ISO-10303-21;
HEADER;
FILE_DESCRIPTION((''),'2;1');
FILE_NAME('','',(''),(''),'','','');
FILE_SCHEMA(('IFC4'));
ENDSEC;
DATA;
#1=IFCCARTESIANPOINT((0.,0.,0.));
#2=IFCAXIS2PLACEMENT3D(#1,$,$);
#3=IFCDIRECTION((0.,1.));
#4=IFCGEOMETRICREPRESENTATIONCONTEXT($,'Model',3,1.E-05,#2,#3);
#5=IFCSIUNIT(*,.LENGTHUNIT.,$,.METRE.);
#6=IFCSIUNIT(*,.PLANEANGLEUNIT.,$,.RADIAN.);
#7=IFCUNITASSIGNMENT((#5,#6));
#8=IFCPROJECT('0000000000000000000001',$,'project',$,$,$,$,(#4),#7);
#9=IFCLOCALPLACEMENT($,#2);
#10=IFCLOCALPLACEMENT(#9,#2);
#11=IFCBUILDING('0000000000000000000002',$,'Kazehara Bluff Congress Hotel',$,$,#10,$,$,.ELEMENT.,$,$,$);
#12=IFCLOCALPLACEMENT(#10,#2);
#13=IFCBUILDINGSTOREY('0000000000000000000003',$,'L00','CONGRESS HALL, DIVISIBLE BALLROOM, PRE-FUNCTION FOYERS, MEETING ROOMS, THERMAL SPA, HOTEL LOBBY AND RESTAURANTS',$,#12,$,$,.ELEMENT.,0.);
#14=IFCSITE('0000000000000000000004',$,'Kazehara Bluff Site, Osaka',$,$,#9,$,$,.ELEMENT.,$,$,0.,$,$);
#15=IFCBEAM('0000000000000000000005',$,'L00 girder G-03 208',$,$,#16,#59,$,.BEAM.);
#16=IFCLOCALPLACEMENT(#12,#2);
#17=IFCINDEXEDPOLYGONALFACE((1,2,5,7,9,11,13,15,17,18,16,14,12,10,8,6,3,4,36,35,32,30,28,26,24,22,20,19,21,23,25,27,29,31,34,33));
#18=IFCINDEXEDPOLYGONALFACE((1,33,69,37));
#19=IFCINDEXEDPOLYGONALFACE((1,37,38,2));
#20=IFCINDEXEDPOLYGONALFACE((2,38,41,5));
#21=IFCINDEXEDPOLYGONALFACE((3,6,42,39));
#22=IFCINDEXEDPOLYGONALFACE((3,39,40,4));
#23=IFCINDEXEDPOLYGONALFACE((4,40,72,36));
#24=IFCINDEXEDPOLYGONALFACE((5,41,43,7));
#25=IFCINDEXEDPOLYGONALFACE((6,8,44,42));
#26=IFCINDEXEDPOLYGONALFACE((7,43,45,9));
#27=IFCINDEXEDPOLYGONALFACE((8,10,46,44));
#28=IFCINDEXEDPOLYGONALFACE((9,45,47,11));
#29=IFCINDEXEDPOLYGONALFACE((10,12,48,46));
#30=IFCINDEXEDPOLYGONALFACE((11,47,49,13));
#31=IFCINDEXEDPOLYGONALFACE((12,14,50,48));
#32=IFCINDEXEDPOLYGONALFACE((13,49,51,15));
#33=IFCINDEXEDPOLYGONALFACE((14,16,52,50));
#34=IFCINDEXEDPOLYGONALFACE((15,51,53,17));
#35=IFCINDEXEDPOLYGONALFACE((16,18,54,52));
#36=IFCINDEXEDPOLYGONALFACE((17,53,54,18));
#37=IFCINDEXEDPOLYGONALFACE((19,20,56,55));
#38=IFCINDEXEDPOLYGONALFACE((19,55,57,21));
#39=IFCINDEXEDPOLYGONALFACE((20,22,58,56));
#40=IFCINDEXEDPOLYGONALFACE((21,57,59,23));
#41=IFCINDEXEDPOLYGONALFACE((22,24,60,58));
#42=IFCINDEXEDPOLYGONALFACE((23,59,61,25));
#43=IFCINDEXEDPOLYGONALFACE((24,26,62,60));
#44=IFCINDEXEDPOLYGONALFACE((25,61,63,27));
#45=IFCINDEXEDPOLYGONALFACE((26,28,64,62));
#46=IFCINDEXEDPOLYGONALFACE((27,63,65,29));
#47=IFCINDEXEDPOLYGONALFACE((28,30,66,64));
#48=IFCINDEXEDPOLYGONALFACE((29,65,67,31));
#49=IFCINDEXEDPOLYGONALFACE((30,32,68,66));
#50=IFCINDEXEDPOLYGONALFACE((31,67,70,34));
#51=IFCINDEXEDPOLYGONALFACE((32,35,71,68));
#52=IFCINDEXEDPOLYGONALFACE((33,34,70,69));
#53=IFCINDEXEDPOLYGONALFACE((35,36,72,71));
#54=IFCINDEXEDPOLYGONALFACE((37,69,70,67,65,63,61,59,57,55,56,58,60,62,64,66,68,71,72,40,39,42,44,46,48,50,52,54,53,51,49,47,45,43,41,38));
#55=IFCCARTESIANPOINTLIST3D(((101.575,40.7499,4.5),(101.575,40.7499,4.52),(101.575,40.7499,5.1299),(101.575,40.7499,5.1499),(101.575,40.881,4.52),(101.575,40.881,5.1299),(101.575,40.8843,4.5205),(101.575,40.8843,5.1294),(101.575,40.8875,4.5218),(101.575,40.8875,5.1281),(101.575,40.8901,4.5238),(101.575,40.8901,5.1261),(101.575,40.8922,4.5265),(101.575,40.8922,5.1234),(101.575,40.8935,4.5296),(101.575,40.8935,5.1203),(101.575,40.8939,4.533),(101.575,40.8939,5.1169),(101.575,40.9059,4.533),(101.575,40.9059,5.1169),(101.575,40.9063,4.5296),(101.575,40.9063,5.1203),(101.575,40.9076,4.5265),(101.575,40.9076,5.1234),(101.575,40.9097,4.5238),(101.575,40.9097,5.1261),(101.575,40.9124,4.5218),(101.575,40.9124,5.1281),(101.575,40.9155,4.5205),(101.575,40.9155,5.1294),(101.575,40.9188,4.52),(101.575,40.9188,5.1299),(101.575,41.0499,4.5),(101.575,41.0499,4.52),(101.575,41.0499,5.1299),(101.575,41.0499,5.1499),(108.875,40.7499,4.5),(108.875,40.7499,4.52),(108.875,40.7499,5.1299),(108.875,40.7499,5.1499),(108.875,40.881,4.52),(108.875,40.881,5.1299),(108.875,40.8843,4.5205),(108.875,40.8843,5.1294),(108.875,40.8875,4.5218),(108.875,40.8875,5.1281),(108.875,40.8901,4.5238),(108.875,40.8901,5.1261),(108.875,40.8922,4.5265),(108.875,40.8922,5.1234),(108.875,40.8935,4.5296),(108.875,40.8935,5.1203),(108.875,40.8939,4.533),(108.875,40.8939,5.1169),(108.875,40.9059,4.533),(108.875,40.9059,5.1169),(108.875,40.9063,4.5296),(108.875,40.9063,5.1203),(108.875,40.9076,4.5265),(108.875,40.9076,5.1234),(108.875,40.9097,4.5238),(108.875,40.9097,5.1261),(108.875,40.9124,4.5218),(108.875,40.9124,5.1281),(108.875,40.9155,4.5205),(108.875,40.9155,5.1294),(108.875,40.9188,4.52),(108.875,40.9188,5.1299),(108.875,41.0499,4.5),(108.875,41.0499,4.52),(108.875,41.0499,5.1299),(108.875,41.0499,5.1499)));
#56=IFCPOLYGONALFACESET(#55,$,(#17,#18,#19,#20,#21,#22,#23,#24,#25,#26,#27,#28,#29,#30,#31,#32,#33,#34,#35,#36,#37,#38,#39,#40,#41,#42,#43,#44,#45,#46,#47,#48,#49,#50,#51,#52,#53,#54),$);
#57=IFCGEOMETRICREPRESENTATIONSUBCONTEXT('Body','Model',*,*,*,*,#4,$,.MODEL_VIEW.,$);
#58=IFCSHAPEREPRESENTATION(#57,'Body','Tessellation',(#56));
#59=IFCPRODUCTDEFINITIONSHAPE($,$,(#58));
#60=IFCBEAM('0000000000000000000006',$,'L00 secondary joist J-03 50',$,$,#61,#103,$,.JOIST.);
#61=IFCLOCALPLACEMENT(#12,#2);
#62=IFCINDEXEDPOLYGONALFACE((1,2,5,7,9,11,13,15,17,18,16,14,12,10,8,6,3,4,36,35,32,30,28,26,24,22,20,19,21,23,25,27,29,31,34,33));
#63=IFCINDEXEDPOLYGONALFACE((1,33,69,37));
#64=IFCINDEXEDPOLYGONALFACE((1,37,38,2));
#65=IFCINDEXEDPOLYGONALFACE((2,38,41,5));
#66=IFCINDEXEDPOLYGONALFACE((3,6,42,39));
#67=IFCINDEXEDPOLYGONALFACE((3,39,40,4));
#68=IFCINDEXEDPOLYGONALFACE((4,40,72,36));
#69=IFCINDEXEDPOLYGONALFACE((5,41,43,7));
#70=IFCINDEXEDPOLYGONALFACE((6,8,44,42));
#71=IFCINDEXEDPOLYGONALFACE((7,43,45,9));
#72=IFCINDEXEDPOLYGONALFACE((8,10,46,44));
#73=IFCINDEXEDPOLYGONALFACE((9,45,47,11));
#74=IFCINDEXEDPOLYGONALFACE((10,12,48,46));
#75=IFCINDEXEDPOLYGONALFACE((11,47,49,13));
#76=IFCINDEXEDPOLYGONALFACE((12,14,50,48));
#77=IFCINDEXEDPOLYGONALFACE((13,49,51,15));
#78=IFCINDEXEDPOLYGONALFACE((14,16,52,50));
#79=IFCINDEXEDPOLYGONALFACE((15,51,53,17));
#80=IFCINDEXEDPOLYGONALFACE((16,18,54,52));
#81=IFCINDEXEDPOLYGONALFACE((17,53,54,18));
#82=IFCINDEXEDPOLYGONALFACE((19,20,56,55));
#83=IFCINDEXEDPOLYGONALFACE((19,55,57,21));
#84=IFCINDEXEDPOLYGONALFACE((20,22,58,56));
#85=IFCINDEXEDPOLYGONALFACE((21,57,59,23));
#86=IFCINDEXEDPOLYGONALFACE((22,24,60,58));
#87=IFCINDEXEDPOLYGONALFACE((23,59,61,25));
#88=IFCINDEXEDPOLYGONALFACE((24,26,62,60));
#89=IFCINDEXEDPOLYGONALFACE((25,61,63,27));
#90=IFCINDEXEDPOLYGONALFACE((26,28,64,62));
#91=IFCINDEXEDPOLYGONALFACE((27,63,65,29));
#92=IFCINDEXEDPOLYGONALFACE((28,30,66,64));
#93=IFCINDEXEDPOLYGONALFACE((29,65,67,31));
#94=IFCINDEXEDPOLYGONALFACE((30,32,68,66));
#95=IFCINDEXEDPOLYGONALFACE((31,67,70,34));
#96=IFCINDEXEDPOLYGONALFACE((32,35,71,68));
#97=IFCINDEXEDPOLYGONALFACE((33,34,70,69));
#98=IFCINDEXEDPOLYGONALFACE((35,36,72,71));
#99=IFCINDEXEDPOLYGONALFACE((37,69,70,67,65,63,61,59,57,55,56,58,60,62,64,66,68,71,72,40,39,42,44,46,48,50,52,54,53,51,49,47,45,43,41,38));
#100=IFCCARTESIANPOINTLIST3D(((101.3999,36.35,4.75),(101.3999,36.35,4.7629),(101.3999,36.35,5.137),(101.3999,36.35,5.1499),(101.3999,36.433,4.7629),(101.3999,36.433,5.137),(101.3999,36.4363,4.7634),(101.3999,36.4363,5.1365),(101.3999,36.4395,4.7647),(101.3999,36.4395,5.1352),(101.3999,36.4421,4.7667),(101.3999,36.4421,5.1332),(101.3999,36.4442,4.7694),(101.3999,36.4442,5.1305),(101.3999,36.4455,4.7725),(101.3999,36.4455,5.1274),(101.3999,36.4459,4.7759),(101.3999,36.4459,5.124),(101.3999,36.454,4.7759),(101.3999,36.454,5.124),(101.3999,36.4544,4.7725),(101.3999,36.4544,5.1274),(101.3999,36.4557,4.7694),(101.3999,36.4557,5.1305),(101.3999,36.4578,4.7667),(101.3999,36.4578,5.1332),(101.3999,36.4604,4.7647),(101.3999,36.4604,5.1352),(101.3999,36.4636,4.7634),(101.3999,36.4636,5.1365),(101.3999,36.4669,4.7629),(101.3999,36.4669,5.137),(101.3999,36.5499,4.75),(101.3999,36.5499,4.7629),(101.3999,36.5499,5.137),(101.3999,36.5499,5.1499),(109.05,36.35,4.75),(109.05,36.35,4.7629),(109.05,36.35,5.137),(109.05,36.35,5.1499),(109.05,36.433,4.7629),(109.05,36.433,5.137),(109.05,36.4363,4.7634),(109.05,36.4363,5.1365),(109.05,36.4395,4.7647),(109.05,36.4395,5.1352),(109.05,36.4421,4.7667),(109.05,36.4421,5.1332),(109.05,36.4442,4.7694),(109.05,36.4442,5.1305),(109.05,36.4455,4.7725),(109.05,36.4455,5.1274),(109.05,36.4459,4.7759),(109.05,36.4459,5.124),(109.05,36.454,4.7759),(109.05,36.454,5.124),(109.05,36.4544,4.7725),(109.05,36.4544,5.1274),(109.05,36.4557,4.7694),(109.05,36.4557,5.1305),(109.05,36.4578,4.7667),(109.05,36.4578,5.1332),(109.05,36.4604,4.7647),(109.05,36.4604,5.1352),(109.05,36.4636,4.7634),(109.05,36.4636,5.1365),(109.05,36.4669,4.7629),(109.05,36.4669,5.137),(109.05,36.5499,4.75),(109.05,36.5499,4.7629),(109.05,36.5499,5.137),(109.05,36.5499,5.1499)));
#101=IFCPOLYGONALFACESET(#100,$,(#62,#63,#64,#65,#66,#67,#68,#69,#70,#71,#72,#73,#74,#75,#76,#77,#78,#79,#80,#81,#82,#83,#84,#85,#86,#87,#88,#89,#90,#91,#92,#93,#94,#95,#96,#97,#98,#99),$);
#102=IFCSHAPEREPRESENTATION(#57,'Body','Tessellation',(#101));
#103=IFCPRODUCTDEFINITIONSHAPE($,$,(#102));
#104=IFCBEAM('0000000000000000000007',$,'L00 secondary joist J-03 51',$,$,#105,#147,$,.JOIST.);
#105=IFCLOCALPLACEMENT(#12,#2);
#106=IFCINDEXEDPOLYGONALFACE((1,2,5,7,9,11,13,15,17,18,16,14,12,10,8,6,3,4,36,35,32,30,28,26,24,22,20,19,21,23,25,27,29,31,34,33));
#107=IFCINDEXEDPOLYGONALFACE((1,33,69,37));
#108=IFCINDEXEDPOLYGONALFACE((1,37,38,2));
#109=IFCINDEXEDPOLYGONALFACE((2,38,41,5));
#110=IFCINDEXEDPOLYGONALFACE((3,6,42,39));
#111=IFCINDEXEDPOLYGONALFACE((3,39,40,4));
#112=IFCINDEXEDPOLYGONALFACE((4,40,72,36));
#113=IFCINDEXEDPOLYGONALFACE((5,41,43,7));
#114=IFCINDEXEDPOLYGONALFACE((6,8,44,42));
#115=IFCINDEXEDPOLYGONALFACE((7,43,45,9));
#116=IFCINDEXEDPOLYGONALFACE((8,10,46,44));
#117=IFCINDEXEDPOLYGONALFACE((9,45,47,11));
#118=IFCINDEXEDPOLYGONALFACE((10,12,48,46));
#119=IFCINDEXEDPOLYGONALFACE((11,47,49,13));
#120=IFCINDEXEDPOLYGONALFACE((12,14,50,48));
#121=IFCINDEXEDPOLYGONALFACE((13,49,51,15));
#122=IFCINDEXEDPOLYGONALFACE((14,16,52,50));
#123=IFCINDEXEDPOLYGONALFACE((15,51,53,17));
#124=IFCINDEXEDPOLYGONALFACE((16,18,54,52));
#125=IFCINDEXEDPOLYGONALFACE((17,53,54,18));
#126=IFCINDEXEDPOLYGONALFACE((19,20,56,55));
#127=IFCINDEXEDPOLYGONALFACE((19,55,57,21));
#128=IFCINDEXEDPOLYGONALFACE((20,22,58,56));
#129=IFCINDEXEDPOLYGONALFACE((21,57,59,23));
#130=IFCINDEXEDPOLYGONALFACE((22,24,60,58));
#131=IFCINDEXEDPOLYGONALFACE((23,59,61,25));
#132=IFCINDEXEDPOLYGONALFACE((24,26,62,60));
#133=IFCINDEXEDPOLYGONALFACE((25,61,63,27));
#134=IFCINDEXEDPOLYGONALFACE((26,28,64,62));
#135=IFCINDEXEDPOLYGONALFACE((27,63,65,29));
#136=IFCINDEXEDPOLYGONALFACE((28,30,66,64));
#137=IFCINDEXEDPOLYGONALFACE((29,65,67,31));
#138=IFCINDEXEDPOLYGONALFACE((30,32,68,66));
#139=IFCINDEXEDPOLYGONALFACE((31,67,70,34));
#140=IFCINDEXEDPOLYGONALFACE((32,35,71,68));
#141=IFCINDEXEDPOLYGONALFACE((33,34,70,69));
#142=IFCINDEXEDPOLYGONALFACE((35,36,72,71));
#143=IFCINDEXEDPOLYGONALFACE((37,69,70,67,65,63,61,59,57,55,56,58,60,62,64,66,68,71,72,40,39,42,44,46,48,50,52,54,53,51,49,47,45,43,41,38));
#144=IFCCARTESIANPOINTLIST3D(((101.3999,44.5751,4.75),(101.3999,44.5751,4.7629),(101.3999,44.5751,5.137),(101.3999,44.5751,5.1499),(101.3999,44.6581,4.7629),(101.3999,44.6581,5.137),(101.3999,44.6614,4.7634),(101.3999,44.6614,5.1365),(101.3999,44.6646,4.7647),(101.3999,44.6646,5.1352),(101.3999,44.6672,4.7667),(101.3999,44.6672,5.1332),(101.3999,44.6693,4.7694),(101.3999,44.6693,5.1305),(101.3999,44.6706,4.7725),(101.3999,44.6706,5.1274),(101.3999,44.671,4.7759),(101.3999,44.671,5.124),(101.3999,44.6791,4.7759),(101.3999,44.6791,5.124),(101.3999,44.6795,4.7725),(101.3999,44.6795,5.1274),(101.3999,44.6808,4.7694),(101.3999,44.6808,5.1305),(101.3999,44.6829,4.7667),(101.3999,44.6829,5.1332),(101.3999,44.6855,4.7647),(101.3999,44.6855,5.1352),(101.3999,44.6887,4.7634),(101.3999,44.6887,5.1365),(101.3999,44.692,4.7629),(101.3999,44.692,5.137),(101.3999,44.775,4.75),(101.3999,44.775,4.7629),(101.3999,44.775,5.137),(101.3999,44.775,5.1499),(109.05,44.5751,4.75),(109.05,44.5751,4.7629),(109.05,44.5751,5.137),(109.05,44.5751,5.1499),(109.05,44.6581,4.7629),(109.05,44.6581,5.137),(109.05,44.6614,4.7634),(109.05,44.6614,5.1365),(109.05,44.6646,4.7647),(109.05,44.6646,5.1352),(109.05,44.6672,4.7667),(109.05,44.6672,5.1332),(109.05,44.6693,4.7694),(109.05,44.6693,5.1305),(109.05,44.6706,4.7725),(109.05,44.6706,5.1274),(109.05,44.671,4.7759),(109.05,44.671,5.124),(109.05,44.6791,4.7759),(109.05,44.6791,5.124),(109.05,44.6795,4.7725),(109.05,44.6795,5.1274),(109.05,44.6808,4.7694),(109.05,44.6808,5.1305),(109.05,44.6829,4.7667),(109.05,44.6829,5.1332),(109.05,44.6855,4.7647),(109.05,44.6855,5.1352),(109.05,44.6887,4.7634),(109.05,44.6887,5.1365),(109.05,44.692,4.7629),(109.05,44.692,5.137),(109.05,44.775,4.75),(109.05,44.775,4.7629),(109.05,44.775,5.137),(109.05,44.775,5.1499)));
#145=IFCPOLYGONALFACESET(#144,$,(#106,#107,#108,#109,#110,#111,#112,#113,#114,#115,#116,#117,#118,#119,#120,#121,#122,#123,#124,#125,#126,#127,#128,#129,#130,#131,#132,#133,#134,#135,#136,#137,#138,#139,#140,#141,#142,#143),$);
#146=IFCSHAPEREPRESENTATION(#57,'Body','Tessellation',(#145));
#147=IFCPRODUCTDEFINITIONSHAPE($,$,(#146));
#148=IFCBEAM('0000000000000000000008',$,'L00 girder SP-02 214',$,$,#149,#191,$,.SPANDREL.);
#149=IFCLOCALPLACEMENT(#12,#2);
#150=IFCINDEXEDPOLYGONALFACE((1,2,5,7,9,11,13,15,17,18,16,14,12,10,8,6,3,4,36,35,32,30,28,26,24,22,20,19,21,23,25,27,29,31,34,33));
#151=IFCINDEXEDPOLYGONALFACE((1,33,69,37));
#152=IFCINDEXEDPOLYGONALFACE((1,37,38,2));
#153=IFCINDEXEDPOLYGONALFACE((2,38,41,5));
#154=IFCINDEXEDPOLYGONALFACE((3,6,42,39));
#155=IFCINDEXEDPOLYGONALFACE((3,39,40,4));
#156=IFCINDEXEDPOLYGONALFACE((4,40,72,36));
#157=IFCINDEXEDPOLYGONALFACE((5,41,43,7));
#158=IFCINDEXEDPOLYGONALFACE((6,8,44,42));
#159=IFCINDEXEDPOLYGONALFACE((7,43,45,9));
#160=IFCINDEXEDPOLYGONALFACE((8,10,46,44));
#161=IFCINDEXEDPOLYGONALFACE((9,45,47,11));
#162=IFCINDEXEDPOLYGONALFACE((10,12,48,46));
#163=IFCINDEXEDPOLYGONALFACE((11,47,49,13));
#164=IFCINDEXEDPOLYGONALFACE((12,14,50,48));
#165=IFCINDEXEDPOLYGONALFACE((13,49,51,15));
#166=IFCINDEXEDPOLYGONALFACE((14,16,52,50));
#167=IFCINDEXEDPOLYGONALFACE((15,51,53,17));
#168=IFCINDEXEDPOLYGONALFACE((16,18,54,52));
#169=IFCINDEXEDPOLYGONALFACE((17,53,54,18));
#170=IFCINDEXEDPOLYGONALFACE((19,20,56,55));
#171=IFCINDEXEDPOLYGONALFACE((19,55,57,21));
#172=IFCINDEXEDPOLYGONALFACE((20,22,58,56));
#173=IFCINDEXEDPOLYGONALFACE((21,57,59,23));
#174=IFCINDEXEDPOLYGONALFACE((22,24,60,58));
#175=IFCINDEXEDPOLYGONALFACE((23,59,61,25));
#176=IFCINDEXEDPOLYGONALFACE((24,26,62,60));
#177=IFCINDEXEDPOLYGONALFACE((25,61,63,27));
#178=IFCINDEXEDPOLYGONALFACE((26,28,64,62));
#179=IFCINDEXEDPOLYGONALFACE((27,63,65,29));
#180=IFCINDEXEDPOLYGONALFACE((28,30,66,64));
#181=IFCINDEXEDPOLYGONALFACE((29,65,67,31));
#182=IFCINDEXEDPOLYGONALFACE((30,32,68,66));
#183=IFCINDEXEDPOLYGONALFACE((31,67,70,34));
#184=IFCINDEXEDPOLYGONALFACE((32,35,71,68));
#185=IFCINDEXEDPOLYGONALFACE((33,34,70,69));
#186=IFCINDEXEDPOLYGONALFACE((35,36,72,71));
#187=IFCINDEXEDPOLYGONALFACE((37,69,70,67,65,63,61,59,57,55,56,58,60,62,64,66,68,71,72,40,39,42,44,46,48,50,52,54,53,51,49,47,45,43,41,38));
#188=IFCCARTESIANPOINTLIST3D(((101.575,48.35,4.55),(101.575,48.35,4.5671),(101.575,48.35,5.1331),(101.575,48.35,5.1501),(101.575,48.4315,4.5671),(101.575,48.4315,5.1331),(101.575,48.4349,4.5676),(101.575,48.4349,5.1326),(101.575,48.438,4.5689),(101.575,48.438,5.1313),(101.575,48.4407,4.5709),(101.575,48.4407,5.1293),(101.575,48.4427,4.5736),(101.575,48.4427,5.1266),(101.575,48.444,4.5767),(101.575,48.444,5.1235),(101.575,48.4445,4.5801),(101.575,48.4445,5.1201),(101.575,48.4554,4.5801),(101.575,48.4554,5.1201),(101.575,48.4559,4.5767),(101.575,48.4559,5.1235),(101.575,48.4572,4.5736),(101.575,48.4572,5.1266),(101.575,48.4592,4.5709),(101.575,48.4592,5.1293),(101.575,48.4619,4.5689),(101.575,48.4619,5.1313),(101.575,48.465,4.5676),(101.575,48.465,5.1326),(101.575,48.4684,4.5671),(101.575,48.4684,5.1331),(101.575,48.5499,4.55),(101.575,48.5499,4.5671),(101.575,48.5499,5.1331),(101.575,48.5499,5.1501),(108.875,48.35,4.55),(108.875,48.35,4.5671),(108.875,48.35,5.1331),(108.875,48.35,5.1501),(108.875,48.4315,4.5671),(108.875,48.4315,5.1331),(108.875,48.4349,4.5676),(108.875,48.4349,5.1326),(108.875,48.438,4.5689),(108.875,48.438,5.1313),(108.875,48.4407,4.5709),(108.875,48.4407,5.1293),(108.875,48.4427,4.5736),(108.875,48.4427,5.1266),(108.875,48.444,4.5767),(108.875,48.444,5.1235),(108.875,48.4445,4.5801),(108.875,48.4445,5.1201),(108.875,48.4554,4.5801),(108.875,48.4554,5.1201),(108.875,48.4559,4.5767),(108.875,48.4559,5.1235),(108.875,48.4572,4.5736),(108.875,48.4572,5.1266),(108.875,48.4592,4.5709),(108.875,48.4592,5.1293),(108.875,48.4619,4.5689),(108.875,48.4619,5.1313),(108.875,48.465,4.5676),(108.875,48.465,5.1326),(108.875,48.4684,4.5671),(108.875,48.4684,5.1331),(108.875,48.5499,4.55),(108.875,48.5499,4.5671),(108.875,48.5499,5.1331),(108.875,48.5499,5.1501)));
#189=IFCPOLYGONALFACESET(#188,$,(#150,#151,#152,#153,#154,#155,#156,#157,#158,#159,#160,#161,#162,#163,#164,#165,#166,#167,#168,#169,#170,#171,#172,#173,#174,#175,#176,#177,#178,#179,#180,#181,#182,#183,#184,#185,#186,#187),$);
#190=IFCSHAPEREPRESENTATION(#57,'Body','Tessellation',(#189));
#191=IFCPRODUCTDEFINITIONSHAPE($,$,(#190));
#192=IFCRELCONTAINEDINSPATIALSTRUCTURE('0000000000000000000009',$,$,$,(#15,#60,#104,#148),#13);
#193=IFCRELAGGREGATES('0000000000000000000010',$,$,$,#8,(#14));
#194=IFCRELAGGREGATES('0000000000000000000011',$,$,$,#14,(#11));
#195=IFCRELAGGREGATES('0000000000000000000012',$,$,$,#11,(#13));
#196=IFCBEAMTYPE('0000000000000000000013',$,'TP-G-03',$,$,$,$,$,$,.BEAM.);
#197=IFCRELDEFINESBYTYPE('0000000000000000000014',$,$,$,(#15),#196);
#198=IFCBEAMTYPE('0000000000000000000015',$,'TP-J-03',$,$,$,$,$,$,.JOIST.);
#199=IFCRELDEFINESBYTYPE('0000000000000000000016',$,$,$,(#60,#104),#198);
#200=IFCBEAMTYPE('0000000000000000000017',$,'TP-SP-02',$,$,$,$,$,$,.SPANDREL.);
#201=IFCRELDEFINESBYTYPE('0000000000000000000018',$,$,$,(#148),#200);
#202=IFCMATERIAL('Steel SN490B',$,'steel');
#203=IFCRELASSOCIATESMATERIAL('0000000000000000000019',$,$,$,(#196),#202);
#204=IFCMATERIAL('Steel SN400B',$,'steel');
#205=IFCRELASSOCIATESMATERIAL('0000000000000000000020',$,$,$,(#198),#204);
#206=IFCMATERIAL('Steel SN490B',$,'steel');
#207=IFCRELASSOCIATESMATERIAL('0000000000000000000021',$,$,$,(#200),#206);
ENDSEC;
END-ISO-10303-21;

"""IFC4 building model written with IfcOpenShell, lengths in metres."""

from ifc_helpers import new_model, si_unit, direction, frame, origin, origin_2d, place, context, subcontext, project, spatial, i_section, extrude, material, material_profile, profile_set, type_object, element, save


model = new_model("IFC4")

# Units and contexts
model_context = context("Model", 3, precision=1e-05, world=origin(), true_north=direction((0.0, 1.0)))
body_context = subcontext(model_context, "Body", "Model", "MODEL_VIEW")
ifc_project = project(units=[si_unit("LENGTHUNIT", "METRE"), si_unit("PLANEANGLEUNIT", "RADIAN")], contexts=[model_context])

# Site, building, storey
site_placement = place(None, origin())
site = spatial("IfcSite", under=ifc_project, at=site_placement, Name="Kazehara Bluff Site, Osaka", CompositionType="ELEMENT", RefElevation=0.0)
building_placement = place(site_placement, origin())
building = spatial("IfcBuilding", under=site, at=building_placement, Name="Kazehara Bluff Congress Hotel", CompositionType="ELEMENT")
storey_placement = place(building_placement, origin())
storey = spatial("IfcBuildingStorey", under=building, at=storey_placement, Name="L00", Description="CONGRESS HALL, DIVISIBLE BALLROOM, PRE-FUNCTION FOYERS, MEETING ROOMS, THERMAL SPA, HOTEL LOBBY AND RESTAURANTS", CompositionType="ELEMENT", Elevation=0.0)

# Beams
ifc_material_1 = material(Name="Steel SN490B", Category="steel")
ifc_material_profile_1 = material_profile(ifc_material_1, i_section(OverallWidth=0.3, OverallDepth=0.6499, WebThickness=0.012, FlangeThickness=0.02, FilletRadius=0.0129, at=origin_2d()))
ifc_profile_set_1 = profile_set([ifc_material_profile_1], Name="Steel SN490B")
beam_type_1 = type_object("IfcBeamType", Name="TP-G-03", PredefinedType="BEAM", material=ifc_profile_set_1)
for number, where, z_axis, x_axis, name in (
    (1, (101.575, 40.8999, 4.825), (1.0, 0.0, 0.0), (0.0, 1.0, 0.0), "L00 girder G-03 208"),
):
    element("IfcBeam", number, at=place(storey_placement, frame(where, z_axis=z_axis, x_axis=x_axis)), inside=storey, type_object=beam_type_1, Name=name, PredefinedType="BEAM", context=body_context, shape_type="SweptSolid", body=[
        extrude(i_section(OverallWidth=0.3, OverallDepth=0.6499, WebThickness=0.012, FlangeThickness=0.02, FilletRadius=0.0129, at=origin_2d()), origin(), (0.0, 0.0, 1.0), 7.3),
    ])
ifc_material_2 = material(Name="Steel SN400B", Category="steel")
ifc_material_profile_2 = material_profile(ifc_material_2, i_section(OverallWidth=0.2, OverallDepth=0.3999, WebThickness=0.0081, FlangeThickness=0.0129, FilletRadius=0.0129, at=origin_2d()))
ifc_profile_set_2 = profile_set([ifc_material_profile_2], Name="Steel SN400B")
beam_type_2 = type_object("IfcBeamType", Name="TP-J-03", PredefinedType="JOIST", material=ifc_profile_set_2)
for number, where, z_axis, x_axis, name in (
    (2, (101.3999, 36.45, 4.95), (1.0, 0.0, 0.0), (0.0, 1.0, 0.0), "L00 secondary joist J-03 50"),
    (3, (101.3999, 44.675, 4.95), (1.0, 0.0, 0.0), (0.0, 1.0, 0.0), "L00 secondary joist J-03 51"),
):
    element("IfcBeam", number, at=place(storey_placement, frame(where, z_axis=z_axis, x_axis=x_axis)), inside=storey, type_object=beam_type_2, Name=name, PredefinedType="JOIST", context=body_context, shape_type="SweptSolid", body=[
        extrude(i_section(OverallWidth=0.2, OverallDepth=0.3999, WebThickness=0.0081, FlangeThickness=0.0129, FilletRadius=0.0129, at=origin_2d()), origin(), (0.0, 0.0, 1.0), 7.6501),
    ])
ifc_material_3 = material(Name="Steel SN490B", Category="steel")
ifc_material_profile_3 = material_profile(ifc_material_3, i_section(OverallWidth=0.2, OverallDepth=0.6001, WebThickness=0.011, FlangeThickness=0.0171, FilletRadius=0.0129, at=origin_2d()))
ifc_profile_set_3 = profile_set([ifc_material_profile_3], Name="Steel SN490B")
beam_type_3 = type_object("IfcBeamType", Name="TP-SP-02", PredefinedType="SPANDREL", material=ifc_profile_set_3)
beam_1_placement = place(storey_placement, frame((101.575, 48.45, 4.8501), z_axis=(1.0, 0.0, 0.0), x_axis=(0.0, 1.0, 0.0)))
element("IfcBeam", 4, at=beam_1_placement, inside=storey, type_object=beam_type_3, Name="L00 girder SP-02 214", PredefinedType="SPANDREL", context=body_context, shape_type="SweptSolid", body=[
    extrude(i_section(OverallWidth=0.2, OverallDepth=0.6001, WebThickness=0.011, FlangeThickness=0.0171, FilletRadius=0.0129, at=origin_2d()), origin(), (0.0, 0.0, 1.0), 7.3),
])

save(model, "model.ifc")
